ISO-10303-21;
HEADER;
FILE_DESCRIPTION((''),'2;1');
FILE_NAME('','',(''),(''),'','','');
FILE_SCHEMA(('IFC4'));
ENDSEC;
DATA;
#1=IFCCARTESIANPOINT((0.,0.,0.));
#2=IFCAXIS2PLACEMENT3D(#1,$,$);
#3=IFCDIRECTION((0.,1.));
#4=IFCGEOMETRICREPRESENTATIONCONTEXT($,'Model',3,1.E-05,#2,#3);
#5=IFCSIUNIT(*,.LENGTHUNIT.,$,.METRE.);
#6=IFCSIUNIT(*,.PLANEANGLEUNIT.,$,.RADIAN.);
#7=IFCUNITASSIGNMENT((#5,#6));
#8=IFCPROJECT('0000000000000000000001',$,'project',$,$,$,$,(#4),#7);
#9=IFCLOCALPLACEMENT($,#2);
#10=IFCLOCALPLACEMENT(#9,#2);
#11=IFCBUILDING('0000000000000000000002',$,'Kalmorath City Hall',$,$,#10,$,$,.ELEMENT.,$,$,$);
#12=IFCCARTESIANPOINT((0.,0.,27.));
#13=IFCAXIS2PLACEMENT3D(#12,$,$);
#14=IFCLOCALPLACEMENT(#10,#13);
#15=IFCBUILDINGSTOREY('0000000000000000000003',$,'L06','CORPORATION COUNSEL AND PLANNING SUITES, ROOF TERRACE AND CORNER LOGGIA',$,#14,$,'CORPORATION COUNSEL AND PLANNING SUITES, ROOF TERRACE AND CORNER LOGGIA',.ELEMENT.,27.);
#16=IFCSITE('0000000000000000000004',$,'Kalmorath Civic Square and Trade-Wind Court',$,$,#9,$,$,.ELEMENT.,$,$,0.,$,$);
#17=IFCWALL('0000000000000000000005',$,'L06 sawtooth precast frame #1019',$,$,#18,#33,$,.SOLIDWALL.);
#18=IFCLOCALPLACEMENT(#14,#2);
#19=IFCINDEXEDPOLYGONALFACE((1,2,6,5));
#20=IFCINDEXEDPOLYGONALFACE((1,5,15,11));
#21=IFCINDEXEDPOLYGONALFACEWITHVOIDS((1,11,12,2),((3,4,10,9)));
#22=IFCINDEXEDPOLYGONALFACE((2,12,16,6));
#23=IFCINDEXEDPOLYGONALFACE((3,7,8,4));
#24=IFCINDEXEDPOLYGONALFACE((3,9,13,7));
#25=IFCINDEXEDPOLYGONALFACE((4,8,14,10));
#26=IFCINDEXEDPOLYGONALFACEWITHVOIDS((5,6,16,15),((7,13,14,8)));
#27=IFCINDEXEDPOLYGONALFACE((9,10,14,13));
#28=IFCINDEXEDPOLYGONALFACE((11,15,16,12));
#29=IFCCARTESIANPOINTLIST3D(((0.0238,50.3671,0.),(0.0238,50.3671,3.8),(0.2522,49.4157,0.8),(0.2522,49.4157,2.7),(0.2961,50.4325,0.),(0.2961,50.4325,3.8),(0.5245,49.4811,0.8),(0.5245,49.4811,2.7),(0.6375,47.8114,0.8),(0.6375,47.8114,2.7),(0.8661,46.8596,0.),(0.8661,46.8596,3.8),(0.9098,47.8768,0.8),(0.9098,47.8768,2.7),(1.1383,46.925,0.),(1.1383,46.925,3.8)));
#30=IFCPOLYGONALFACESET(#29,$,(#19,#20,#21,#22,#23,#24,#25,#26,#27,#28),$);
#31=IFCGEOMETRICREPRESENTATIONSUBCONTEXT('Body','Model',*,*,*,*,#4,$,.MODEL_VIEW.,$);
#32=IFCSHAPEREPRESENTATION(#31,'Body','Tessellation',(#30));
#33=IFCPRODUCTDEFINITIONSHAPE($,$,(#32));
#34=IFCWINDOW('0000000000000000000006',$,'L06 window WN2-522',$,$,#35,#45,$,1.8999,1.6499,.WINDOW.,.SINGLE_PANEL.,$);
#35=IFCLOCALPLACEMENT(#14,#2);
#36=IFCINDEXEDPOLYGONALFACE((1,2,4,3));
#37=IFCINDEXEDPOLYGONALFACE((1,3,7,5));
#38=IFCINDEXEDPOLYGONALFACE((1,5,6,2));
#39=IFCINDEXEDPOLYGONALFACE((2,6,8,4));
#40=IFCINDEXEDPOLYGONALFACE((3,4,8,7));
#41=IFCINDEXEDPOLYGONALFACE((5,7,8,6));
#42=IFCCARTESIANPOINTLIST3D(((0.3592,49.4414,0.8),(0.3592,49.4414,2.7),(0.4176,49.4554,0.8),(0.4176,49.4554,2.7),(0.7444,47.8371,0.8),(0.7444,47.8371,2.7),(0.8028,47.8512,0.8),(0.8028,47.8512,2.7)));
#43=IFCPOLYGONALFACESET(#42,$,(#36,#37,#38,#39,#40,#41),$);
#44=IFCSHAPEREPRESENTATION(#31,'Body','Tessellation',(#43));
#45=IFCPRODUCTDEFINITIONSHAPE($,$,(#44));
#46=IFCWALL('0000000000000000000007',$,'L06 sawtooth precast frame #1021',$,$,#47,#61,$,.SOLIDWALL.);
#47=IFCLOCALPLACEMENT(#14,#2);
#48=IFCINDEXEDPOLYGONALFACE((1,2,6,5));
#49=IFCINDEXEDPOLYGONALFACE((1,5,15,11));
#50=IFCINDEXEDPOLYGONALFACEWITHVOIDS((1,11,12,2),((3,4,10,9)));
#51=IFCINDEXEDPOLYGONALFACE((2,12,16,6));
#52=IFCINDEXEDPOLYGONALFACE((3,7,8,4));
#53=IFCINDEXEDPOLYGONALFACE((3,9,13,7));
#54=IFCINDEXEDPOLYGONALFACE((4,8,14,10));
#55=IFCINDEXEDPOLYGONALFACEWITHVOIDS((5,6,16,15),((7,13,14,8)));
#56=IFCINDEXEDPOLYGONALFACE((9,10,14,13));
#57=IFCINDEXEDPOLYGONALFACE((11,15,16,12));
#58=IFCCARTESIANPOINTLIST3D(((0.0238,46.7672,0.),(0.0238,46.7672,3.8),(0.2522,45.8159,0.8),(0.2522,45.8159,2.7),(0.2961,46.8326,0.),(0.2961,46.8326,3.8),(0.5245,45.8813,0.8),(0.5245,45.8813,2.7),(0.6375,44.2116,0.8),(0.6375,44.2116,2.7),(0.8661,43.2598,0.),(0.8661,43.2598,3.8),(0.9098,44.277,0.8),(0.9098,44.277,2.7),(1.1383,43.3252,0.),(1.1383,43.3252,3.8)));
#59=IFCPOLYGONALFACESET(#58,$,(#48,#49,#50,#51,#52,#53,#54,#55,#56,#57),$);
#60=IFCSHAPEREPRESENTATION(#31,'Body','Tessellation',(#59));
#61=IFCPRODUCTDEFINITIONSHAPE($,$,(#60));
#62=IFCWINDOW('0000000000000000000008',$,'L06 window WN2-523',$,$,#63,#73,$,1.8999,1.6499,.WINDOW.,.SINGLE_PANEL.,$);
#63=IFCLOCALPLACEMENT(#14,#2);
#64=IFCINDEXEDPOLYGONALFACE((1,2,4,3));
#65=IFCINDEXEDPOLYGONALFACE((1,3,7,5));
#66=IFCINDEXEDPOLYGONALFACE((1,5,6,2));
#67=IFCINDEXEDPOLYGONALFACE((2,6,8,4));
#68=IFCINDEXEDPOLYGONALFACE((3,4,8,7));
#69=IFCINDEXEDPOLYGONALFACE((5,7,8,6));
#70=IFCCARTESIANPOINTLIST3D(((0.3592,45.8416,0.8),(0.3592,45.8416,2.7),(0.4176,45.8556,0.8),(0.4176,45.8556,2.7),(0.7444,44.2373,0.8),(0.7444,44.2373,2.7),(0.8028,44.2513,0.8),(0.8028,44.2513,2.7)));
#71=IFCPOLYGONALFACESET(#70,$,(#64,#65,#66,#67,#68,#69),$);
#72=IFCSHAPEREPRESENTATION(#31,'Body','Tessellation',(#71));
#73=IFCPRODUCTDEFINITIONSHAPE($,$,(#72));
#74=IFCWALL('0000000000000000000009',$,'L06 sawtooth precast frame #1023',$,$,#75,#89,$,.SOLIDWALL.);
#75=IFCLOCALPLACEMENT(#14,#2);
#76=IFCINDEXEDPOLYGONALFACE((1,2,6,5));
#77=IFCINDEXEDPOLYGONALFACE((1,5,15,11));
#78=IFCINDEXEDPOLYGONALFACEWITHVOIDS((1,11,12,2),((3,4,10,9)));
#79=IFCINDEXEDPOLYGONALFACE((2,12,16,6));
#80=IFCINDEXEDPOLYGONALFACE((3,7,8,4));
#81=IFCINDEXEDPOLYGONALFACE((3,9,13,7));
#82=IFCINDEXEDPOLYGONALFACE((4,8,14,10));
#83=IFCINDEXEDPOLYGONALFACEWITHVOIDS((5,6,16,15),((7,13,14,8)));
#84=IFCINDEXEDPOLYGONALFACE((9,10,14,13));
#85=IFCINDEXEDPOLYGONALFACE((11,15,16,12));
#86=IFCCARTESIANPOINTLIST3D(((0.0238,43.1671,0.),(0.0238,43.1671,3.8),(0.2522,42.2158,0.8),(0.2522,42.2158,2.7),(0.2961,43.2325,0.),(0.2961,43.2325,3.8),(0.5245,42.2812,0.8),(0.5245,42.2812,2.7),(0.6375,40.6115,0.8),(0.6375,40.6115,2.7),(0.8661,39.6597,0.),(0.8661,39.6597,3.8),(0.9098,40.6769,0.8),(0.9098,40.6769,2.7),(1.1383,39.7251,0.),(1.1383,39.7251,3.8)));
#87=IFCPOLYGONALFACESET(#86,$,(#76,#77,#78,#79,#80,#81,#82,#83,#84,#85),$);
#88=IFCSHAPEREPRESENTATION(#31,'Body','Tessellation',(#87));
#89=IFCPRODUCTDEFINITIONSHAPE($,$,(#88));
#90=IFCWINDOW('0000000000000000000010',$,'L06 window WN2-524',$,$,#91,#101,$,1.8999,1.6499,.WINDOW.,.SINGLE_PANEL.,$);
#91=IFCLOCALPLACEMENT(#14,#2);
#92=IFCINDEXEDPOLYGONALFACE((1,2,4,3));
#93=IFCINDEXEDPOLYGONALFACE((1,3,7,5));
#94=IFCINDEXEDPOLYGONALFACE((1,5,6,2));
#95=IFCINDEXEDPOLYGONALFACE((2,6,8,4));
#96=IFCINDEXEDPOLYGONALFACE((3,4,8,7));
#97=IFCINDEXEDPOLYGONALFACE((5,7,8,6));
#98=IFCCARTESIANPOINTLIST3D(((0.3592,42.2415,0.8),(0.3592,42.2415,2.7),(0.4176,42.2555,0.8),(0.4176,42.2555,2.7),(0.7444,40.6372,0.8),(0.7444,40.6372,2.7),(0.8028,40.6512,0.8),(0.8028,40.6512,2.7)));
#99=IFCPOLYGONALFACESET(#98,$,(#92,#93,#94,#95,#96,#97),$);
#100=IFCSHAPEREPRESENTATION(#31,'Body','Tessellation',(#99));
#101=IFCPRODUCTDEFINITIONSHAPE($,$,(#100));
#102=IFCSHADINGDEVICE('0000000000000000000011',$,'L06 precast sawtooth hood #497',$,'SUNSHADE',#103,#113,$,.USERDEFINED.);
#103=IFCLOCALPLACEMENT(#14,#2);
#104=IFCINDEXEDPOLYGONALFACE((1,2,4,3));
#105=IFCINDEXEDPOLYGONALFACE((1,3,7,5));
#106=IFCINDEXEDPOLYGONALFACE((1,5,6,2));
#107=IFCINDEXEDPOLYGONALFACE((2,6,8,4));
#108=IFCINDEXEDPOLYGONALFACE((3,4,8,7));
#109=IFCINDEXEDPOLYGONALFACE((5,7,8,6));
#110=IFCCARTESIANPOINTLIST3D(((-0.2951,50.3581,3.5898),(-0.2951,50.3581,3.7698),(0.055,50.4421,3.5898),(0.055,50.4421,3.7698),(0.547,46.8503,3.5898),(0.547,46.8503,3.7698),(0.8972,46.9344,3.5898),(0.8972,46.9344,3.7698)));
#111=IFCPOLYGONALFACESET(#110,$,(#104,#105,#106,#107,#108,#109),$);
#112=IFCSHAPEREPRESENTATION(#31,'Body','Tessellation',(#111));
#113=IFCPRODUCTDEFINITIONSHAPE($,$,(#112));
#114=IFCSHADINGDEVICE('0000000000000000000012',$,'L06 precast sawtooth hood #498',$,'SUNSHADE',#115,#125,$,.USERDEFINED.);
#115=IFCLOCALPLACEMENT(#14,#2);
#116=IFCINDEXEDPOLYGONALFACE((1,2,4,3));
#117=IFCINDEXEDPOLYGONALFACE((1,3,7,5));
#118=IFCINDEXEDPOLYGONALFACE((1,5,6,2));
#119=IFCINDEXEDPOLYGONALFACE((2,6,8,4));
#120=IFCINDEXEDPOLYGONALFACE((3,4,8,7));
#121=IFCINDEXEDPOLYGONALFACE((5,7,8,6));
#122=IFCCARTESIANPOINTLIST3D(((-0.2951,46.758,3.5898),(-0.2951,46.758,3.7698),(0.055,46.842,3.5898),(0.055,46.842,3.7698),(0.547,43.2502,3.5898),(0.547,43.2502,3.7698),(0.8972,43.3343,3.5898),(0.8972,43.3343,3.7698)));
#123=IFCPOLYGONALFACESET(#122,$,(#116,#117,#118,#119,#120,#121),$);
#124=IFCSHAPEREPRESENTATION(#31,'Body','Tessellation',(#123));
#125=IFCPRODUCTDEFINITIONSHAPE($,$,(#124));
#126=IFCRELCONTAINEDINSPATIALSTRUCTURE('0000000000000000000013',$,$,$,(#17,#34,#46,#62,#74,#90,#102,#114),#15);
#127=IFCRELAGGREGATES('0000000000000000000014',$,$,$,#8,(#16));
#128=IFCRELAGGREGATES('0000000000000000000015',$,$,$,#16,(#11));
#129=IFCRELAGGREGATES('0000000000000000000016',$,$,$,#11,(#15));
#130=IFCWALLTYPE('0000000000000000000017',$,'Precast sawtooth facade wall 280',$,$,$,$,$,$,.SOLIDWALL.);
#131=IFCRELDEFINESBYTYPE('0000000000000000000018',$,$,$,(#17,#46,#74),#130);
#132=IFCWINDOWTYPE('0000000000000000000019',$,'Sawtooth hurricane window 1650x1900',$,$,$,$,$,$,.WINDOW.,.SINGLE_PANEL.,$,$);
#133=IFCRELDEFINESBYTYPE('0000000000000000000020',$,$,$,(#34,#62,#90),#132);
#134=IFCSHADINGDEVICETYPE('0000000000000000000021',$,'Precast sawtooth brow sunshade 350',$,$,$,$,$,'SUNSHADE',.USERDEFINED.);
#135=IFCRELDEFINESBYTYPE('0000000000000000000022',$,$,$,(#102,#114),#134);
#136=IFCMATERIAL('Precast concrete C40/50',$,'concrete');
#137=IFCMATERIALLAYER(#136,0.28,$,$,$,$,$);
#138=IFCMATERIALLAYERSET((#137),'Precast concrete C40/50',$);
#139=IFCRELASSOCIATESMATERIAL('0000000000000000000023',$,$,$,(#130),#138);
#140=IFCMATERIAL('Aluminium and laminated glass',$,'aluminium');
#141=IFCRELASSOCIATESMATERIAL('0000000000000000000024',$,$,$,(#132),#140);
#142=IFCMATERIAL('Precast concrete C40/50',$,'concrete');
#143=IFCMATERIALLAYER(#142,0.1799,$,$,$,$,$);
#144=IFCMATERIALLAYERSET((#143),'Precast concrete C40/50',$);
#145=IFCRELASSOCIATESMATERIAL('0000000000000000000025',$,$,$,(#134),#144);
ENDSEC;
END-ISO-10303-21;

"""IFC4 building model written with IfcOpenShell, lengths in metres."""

from ifc_helpers import new_model, si_unit, direction, frame, frame_2d, origin, origin_2d, place, context, subcontext, project, spatial, rectangle, extrude, material, layer, layer_set, type_object, element, fill, save


model = new_model("IFC4")

# Units and contexts
model_context = context("Model", 3, precision=1e-05, world=origin(), true_north=direction((0.0, 1.0)))
body_context = subcontext(model_context, "Body", "Model", "MODEL_VIEW")
ifc_project = project(units=[si_unit("LENGTHUNIT", "METRE"), si_unit("PLANEANGLEUNIT", "RADIAN")], contexts=[model_context])

# Site, building, storey
site_placement = place(None, origin())
site = spatial("IfcSite", under=ifc_project, at=site_placement, Name="Kalmorath Civic Square and Trade-Wind Court", CompositionType="ELEMENT", RefElevation=0.0)
building_placement = place(site_placement, origin())
building = spatial("IfcBuilding", under=site, at=building_placement, Name="Kalmorath City Hall", CompositionType="ELEMENT")
storey_placement = place(building_placement, frame((0.0, 0.0, 27.0)))
storey = spatial("IfcBuildingStorey", under=building, at=storey_placement, Name="L06", Description="CORPORATION COUNSEL AND PLANNING SUITES, ROOF TERRACE AND CORNER LOGGIA", LongName="CORPORATION COUNSEL AND PLANNING SUITES, ROOF TERRACE AND CORNER LOGGIA", CompositionType="ELEMENT", Elevation=27.0)

# Walls, openings, windows
ifc_material_1 = material(Name="Precast concrete C40/50", Category="concrete")
ifc_layer_1 = layer(ifc_material_1, 0.28)
ifc_layer_set_1 = layer_set([ifc_layer_1], Name="Precast concrete C40/50")
wall_type_1 = type_object("IfcWallType", Name="Precast sawtooth facade wall 280", PredefinedType="SOLIDWALL", material=ifc_layer_set_1)
wall_1_placement = place(storey_placement, frame((0.1599, 50.3999, 0.0), z_axis=(0.0, 0.0, 1.0), x_axis=(0.233496, -0.972358, 0.0)))
wall_1 = element("IfcWall", 1, at=wall_1_placement, inside=storey, type_object=wall_type_1, Name="L06 sawtooth precast frame #1019", PredefinedType="SOLIDWALL", context=body_context, shape_type="SweptSolid", body=[
    extrude(rectangle(XDim=3.6072, YDim=0.28, at=frame_2d((1.8037, 0.0))), origin(), (0.0, 0.0, 1.0), 3.8),
])
opening_1_placement = place(wall_1_placement, frame((0.9785, 0.0, 0.8)))
opening_1 = element("IfcOpeningElement", 2, at=opening_1_placement, cuts=wall_1, PredefinedType="OPENING", context=body_context, shape_type="SweptSolid", body=[
    extrude(rectangle(XDim=1.6499, YDim=1.8999, at=frame_2d((0.825, 0.95))), frame((0.0, 0.1499, 0.0), z_axis=(0.0, -1.0, 0.0), x_axis=(1.0, 0.0, 0.0)), (0.0, 0.0, 1.0), 0.3),
])
ifc_material_2 = material(Name="Aluminium and laminated glass", Category="aluminium")
window_type = type_object("IfcWindowType", Name="Sawtooth hurricane window 1650x1900", PartitioningType="SINGLE_PANEL", PredefinedType="WINDOW", material=ifc_material_2)
window_1_placement = place(opening_1_placement, origin())
window_1 = element("IfcWindow", 3, at=window_1_placement, inside=storey, type_object=window_type, Name="L06 window WN2-522", OverallHeight=1.8999, OverallWidth=1.6499, PartitioningType="SINGLE_PANEL", PredefinedType="WINDOW", context=body_context, shape_type="SweptSolid", body=[
    extrude(rectangle(XDim=1.6499, YDim=1.8999, at=frame_2d((0.825, 0.95))), frame((0.0, 0.03, 0.0), z_axis=(0.0, -1.0, 0.0), x_axis=(1.0, 0.0, 0.0)), (0.0, 0.0, 1.0), 0.0601),
])
fill(opening_1, window_1)
wall_2_placement = place(storey_placement, frame((0.1599, 46.8, 0.0), z_axis=(0.0, 0.0, 1.0), x_axis=(0.233496, -0.972358, 0.0)))
wall_2 = element("IfcWall", 4, at=wall_2_placement, inside=storey, type_object=wall_type_1, Name="L06 sawtooth precast frame #1021", PredefinedType="SOLIDWALL", context=body_context, shape_type="SweptSolid", body=[
    extrude(rectangle(XDim=3.6072, YDim=0.28, at=frame_2d((1.8037, 0.0))), origin(), (0.0, 0.0, 1.0), 3.8),
])
opening_2_placement = place(wall_2_placement, frame((0.9785, 0.0, 0.8)))
opening_2 = element("IfcOpeningElement", 5, at=opening_2_placement, cuts=wall_2, PredefinedType="OPENING", context=body_context, shape_type="SweptSolid", body=[
    extrude(rectangle(XDim=1.6499, YDim=1.8999, at=frame_2d((0.825, 0.95))), frame((0.0, 0.1499, 0.0), z_axis=(0.0, -1.0, 0.0), x_axis=(1.0, 0.0, 0.0)), (0.0, 0.0, 1.0), 0.3),
])
window_2_placement = place(opening_2_placement, origin())
window_2 = element("IfcWindow", 6, at=window_2_placement, inside=storey, type_object=window_type, Name="L06 window WN2-523", OverallHeight=1.8999, OverallWidth=1.6499, PartitioningType="SINGLE_PANEL", PredefinedType="WINDOW", context=body_context, shape_type="SweptSolid", body=[
    extrude(rectangle(XDim=1.6499, YDim=1.8999, at=frame_2d((0.825, 0.95))), frame((0.0, 0.03, 0.0), z_axis=(0.0, -1.0, 0.0), x_axis=(1.0, 0.0, 0.0)), (0.0, 0.0, 1.0), 0.0601),
])
fill(opening_2, window_2)
wall_3_placement = place(storey_placement, frame((0.1599, 43.2, 0.0), z_axis=(0.0, 0.0, 1.0), x_axis=(0.233496, -0.972358, 0.0)))
wall_3 = element("IfcWall", 7, at=wall_3_placement, inside=storey, type_object=wall_type_1, Name="L06 sawtooth precast frame #1023", PredefinedType="SOLIDWALL", context=body_context, shape_type="SweptSolid", body=[
    extrude(rectangle(XDim=3.6072, YDim=0.28, at=frame_2d((1.8037, 0.0))), origin(), (0.0, 0.0, 1.0), 3.8),
])
opening_3_placement = place(wall_3_placement, frame((0.9785, 0.0, 0.8)))
opening_3 = element("IfcOpeningElement", 8, at=opening_3_placement, cuts=wall_3, PredefinedType="OPENING", context=body_context, shape_type="SweptSolid", body=[
    extrude(rectangle(XDim=1.6499, YDim=1.8999, at=frame_2d((0.825, 0.95))), frame((0.0, 0.1499, 0.0), z_axis=(0.0, -1.0, 0.0), x_axis=(1.0, 0.0, 0.0)), (0.0, 0.0, 1.0), 0.3),
])
window_3_placement = place(opening_3_placement, origin())
window_3 = element("IfcWindow", 9, at=window_3_placement, inside=storey, type_object=window_type, Name="L06 window WN2-524", OverallHeight=1.8999, OverallWidth=1.6499, PartitioningType="SINGLE_PANEL", PredefinedType="WINDOW", context=body_context, shape_type="SweptSolid", body=[
    extrude(rectangle(XDim=1.6499, YDim=1.8999, at=frame_2d((0.825, 0.95))), frame((0.0, 0.03, 0.0), z_axis=(0.0, -1.0, 0.0), x_axis=(1.0, 0.0, 0.0)), (0.0, 0.0, 1.0), 0.0601),
])
fill(opening_3, window_3)

# Shading devices
ifc_material_3 = material(Name="Precast concrete C40/50", Category="concrete")
ifc_layer_2 = layer(ifc_material_3, 0.1799)
ifc_layer_set_2 = layer_set([ifc_layer_2], Name="Precast concrete C40/50")
shading_device_type = type_object("IfcShadingDeviceType", Name="Precast sawtooth brow sunshade 350", ElementType="SUNSHADE", PredefinedType="USERDEFINED", material=ifc_layer_set_2)
for number, where, z_axis, x_axis, name in (
    (10, (0.301, 48.6462, 3.5898), (0.0, 0.0, 1.0), (0.233445, -0.97237, 0.0), "L06 precast sawtooth hood #497"),
    (11, (0.301, 45.0461, 3.5898), (0.0, 0.0, 1.0), (0.233445, -0.97237, 0.0), "L06 precast sawtooth hood #498"),
):
    element("IfcShadingDevice", number, at=place(storey_placement, frame(where, z_axis=z_axis, x_axis=x_axis)), inside=storey, type_object=shading_device_type, Name=name, ObjectType="SUNSHADE", PredefinedType="USERDEFINED", context=body_context, shape_type="SweptSolid", body=[
        extrude(rectangle(XDim=3.6074, YDim=0.3601, at=origin_2d()), origin(), (0.0, 0.0, 1.0), 0.1799),
    ])

save(model, "model.ifc")
